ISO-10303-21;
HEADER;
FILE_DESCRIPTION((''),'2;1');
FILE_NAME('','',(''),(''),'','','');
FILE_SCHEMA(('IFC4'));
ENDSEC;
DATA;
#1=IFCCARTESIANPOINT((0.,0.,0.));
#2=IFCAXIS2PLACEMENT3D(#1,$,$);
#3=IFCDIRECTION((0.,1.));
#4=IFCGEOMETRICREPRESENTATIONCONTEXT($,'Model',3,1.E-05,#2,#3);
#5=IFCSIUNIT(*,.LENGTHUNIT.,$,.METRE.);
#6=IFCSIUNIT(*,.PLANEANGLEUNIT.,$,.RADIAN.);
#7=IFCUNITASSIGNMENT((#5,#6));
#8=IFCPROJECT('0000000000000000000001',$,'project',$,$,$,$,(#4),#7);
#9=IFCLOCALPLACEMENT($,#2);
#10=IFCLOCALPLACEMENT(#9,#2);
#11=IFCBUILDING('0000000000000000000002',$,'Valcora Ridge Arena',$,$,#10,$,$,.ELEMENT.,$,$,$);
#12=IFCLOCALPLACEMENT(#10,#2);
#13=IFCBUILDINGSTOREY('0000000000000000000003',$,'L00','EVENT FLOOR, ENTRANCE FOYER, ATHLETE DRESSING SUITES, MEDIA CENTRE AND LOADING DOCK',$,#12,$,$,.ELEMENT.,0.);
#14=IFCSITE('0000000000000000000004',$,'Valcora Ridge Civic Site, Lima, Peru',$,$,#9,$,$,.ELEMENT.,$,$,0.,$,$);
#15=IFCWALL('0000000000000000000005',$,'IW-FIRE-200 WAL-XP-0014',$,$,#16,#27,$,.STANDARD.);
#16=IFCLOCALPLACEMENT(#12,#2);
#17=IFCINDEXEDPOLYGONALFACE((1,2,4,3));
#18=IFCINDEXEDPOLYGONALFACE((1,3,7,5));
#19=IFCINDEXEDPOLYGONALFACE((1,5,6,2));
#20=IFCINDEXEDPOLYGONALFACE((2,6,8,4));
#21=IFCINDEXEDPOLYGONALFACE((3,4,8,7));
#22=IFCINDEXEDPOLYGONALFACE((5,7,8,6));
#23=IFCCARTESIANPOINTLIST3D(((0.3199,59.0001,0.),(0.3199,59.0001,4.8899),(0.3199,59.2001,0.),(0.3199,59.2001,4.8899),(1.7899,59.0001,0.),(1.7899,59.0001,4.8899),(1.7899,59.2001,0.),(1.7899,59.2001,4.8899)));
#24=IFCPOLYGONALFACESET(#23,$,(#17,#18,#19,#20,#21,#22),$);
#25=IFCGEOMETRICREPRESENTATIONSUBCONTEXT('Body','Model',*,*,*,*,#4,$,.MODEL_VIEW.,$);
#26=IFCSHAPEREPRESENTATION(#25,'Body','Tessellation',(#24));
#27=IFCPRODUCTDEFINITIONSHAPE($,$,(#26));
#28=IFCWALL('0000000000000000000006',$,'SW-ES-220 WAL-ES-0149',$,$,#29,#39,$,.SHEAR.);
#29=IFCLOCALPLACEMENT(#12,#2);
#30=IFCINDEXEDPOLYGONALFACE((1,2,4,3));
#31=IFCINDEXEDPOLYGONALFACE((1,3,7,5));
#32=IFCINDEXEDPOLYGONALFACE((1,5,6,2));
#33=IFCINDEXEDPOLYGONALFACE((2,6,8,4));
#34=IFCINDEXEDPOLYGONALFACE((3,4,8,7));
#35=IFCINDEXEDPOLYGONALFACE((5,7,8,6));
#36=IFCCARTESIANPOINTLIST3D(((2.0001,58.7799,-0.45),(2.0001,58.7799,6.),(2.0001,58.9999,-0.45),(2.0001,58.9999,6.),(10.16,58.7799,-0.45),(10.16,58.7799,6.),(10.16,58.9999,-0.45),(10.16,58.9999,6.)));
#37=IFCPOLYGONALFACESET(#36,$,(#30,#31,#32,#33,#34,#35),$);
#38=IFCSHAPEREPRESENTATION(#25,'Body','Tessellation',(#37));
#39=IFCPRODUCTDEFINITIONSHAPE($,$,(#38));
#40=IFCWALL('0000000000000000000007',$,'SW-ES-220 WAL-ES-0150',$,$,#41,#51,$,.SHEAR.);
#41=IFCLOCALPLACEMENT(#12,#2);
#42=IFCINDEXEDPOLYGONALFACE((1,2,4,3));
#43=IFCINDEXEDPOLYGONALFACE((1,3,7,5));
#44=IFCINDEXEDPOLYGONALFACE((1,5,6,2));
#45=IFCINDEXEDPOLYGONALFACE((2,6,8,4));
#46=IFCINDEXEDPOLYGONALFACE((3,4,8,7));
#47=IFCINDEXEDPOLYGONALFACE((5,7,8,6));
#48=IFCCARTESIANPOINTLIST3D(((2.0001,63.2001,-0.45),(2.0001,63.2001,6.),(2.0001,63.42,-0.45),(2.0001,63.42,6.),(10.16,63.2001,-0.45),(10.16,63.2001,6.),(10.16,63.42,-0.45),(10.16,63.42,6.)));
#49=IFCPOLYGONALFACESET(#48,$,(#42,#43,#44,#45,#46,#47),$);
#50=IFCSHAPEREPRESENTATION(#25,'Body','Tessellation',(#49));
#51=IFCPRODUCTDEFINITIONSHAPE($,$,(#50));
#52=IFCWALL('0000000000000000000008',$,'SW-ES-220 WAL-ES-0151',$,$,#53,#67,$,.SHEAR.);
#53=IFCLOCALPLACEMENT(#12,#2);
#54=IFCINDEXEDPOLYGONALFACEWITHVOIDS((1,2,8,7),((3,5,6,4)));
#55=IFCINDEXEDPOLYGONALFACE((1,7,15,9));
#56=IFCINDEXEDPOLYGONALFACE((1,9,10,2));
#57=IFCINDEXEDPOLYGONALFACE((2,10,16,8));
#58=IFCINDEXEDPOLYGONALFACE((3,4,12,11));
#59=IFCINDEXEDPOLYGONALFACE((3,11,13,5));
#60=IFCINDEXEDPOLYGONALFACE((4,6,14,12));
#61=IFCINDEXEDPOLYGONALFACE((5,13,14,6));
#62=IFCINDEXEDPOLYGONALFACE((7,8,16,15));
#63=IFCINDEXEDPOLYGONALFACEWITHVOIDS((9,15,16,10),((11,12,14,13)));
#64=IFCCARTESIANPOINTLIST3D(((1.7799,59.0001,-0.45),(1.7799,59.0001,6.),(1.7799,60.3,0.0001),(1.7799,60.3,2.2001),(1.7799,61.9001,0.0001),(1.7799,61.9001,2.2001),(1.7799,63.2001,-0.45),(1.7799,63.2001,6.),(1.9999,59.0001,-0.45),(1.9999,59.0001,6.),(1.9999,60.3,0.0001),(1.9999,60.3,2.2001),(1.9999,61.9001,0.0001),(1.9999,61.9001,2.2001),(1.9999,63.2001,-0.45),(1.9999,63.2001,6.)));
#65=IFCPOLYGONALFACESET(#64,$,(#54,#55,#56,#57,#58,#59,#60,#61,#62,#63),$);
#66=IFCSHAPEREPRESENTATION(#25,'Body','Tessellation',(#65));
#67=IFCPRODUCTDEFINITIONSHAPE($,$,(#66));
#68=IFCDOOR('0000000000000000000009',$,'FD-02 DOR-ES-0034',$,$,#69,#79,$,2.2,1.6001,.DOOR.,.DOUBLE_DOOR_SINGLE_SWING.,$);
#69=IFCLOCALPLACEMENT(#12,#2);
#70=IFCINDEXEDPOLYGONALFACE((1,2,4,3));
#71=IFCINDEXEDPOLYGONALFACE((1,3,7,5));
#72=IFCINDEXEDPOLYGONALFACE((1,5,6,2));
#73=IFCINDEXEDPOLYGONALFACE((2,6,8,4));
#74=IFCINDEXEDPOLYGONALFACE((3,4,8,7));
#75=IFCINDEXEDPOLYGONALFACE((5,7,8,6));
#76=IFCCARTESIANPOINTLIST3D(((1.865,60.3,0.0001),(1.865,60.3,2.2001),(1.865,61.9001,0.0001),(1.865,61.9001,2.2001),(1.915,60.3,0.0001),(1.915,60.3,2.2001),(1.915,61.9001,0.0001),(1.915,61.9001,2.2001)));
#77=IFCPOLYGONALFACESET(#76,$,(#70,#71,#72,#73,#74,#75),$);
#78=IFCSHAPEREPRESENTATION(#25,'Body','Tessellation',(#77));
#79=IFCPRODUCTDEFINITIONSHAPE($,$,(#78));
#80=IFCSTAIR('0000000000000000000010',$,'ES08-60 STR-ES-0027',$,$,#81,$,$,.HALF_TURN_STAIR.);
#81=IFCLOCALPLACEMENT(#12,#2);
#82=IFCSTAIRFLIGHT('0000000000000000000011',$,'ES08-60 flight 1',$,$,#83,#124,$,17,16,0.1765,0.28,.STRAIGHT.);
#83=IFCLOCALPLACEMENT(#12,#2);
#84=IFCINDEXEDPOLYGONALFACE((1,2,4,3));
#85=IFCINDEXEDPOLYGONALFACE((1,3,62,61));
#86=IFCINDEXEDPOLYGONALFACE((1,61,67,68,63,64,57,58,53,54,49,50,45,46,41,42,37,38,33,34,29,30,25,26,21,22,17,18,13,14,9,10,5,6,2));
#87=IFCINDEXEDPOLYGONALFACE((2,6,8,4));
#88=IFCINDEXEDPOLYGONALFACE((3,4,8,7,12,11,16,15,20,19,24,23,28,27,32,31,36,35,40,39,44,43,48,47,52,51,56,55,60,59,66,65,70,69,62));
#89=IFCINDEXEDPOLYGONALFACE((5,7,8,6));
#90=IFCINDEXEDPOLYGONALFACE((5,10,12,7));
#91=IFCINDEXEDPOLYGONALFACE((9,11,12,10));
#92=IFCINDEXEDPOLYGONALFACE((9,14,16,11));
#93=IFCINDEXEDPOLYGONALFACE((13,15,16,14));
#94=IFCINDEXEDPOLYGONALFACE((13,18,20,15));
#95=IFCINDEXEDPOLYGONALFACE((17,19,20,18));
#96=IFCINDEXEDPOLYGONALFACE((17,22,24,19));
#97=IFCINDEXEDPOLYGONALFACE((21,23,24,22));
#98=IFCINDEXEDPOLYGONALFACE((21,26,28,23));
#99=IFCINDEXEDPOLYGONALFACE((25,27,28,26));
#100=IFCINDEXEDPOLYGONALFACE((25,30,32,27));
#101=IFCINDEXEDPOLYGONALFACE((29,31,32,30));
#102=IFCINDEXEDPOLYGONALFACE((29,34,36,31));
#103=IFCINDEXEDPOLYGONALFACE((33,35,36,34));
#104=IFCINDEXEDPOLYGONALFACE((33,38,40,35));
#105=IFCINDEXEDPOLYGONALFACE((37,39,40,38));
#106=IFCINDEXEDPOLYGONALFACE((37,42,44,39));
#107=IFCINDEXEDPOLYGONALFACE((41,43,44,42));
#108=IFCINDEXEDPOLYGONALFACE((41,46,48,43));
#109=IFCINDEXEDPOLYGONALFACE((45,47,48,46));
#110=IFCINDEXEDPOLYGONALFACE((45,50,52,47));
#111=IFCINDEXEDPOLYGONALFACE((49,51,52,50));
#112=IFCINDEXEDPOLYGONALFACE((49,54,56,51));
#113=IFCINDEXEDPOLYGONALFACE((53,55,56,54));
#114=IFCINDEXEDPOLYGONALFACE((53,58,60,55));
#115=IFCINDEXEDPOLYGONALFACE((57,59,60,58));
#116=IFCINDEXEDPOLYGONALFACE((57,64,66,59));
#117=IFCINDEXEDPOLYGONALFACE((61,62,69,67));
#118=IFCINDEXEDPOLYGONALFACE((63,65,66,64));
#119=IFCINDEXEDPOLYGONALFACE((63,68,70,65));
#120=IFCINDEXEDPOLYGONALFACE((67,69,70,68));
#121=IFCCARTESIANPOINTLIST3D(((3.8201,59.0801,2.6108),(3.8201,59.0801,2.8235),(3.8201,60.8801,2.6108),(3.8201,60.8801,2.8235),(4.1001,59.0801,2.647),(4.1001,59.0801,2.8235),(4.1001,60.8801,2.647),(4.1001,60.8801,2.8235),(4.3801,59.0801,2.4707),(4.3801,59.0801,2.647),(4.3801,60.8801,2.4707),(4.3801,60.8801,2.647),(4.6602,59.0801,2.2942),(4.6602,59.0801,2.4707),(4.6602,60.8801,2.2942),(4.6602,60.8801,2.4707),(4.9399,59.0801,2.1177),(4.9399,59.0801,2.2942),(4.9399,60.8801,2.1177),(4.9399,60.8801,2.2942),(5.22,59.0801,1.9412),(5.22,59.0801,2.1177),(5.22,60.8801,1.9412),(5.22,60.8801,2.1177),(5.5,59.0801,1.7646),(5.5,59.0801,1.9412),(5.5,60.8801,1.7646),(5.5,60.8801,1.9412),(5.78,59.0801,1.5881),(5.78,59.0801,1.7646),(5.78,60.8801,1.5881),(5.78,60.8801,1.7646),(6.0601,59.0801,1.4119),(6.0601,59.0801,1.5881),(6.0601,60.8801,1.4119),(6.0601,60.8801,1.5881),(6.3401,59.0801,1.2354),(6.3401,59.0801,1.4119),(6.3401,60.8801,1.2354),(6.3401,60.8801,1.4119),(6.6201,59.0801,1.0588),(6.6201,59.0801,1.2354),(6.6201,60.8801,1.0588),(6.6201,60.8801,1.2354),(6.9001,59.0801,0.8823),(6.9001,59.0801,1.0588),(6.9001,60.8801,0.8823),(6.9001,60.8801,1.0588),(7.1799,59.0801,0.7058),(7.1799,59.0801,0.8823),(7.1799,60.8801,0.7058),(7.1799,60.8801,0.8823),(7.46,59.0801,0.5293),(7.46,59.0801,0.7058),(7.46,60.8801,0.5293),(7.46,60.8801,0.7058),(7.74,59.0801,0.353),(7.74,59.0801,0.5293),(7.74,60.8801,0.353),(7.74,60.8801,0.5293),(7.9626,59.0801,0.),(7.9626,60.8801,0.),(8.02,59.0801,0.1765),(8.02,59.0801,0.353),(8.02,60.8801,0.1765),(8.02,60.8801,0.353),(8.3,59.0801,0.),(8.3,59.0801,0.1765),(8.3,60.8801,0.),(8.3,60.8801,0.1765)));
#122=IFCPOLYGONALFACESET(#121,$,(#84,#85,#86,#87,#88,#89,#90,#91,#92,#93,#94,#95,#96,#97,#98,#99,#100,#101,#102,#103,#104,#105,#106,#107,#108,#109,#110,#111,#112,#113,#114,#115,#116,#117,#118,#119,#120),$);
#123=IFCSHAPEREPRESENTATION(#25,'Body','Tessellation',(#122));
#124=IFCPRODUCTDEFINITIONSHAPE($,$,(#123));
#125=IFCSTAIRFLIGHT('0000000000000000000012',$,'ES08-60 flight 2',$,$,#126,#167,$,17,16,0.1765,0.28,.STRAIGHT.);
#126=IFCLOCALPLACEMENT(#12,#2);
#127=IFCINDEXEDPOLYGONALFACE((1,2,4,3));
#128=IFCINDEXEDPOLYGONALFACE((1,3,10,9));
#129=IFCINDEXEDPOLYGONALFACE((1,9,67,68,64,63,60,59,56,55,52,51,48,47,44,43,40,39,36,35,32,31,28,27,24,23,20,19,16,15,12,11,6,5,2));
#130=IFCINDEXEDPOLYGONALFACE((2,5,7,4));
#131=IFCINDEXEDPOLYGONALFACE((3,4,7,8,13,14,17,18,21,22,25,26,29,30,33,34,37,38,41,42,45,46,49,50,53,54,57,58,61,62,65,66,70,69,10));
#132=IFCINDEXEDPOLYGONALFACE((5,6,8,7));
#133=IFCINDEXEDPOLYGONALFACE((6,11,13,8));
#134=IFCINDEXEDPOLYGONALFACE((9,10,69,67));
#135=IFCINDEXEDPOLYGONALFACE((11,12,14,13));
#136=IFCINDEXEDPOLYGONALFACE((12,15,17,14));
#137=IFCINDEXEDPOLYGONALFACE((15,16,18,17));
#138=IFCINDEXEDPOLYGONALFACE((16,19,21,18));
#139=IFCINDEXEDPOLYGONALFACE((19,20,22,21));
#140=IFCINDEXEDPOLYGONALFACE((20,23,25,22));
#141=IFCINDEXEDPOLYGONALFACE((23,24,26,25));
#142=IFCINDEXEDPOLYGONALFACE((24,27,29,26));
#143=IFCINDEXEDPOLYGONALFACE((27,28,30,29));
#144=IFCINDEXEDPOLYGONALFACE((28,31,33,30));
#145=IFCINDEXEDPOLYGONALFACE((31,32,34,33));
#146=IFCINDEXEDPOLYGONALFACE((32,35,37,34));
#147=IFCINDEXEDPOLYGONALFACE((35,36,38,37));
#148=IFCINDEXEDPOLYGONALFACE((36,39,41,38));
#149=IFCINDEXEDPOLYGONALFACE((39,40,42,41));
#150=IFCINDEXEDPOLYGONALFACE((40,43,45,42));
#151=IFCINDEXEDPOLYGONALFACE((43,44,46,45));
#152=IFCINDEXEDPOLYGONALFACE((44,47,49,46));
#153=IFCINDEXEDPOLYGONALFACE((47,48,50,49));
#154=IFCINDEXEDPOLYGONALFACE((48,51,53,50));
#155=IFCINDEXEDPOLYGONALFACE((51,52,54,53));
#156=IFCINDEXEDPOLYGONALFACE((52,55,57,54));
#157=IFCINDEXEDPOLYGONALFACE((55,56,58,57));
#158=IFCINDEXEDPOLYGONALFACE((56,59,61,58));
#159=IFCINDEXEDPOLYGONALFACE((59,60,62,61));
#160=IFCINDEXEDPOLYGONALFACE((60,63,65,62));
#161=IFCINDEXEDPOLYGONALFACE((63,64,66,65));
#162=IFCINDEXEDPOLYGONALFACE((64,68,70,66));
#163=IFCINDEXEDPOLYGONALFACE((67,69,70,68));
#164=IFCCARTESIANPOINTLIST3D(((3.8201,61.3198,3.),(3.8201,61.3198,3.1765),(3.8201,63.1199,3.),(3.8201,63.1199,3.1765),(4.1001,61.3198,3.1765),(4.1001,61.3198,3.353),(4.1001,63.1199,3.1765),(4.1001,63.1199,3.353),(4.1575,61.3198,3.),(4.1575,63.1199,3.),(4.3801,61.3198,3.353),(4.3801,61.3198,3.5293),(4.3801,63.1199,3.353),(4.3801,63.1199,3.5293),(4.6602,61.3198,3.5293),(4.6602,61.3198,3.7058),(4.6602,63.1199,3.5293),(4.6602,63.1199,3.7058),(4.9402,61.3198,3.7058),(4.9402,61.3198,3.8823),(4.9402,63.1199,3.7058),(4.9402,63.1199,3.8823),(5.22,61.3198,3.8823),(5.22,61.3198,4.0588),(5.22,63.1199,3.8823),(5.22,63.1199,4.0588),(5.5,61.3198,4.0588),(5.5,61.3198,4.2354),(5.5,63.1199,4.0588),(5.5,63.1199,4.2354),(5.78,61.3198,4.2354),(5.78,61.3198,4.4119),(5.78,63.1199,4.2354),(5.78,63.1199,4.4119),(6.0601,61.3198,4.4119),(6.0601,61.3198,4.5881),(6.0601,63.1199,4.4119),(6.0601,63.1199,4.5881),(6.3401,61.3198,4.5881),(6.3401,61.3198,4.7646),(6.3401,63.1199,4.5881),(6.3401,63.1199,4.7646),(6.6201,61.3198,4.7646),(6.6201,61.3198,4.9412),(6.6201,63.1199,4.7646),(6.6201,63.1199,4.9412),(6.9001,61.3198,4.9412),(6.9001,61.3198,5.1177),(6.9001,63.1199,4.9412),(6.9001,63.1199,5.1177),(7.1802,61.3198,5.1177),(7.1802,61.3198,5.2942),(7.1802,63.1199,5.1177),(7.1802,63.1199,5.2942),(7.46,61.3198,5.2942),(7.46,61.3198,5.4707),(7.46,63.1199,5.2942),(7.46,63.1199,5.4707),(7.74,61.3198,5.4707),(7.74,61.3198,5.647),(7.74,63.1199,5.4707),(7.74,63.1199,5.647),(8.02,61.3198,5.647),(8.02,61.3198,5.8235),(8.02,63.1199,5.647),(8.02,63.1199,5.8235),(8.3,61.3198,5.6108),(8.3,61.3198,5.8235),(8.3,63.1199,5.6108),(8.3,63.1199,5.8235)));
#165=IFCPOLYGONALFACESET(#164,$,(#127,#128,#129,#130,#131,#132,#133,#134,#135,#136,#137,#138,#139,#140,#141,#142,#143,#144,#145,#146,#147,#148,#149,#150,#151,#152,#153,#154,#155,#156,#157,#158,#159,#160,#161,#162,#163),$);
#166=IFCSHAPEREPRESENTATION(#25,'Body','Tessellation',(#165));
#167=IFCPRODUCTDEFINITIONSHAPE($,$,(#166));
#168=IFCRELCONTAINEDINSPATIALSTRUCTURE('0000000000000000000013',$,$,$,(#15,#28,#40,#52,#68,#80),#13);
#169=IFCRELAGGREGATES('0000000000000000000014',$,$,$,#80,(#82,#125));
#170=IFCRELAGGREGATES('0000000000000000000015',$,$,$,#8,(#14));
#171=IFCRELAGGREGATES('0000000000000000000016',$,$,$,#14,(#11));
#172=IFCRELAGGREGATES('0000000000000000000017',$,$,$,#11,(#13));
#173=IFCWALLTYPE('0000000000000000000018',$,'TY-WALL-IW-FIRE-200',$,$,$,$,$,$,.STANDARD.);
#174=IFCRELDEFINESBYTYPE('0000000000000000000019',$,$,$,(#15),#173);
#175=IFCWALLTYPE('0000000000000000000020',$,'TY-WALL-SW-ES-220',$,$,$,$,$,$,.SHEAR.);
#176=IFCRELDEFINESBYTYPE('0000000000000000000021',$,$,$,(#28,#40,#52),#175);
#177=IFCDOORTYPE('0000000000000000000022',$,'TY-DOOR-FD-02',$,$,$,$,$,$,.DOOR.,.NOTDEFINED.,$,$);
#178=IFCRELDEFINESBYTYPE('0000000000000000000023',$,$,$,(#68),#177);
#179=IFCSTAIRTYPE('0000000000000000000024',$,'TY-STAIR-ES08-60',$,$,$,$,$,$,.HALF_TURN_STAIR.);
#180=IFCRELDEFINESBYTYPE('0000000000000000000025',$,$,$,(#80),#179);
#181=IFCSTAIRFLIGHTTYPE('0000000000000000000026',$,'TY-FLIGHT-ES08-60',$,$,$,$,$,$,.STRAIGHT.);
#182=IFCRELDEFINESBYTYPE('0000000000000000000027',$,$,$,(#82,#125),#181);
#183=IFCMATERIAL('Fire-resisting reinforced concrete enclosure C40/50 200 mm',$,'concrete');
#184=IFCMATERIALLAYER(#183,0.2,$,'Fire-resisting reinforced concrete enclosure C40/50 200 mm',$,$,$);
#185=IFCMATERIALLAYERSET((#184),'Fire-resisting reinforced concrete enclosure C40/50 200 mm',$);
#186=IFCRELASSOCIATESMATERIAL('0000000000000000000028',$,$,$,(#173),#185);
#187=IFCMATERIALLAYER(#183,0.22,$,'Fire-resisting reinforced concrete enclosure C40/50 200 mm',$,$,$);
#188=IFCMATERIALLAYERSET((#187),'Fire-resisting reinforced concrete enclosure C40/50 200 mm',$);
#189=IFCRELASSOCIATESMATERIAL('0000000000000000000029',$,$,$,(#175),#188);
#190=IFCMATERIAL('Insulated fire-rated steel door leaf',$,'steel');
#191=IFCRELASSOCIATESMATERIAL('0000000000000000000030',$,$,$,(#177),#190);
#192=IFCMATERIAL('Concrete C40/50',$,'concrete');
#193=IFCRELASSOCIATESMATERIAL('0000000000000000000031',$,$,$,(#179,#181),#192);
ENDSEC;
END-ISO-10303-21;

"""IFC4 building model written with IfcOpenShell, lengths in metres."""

from ifc_helpers import new_model, si_unit, direction, frame, frame_2d, origin, place, context, subcontext, project, spatial, polyline, rectangle, outline, extrude, material, layer, layer_set, type_object, element, fill, aggregate, save


model = new_model("IFC4")

# Units and contexts
model_context = context("Model", 3, precision=1e-05, world=origin(), true_north=direction((0.0, 1.0)))
body_context = subcontext(model_context, "Body", "Model", "MODEL_VIEW")
ifc_project = project(units=[si_unit("LENGTHUNIT", "METRE"), si_unit("PLANEANGLEUNIT", "RADIAN")], contexts=[model_context])

# Site, building, storey
site_placement = place(None, origin())
site = spatial("IfcSite", under=ifc_project, at=site_placement, Name="Valcora Ridge Civic Site, Lima, Peru", CompositionType="ELEMENT", RefElevation=0.0)
building_placement = place(site_placement, origin())
building = spatial("IfcBuilding", under=site, at=building_placement, Name="Valcora Ridge Arena", CompositionType="ELEMENT")
storey_placement = place(building_placement, origin())
storey = spatial("IfcBuildingStorey", under=building, at=storey_placement, Name="L00", Description="EVENT FLOOR, ENTRANCE FOYER, ATHLETE DRESSING SUITES, MEDIA CENTRE AND LOADING DOCK", CompositionType="ELEMENT", Elevation=0.0)

# Shared definitions
ifc_material_1 = material(Name="Fire-resisting reinforced concrete enclosure C40/50 200 mm", Category="concrete")
ifc_material_2 = material(Name="Concrete C40/50", Category="concrete")

# Wall
ifc_layer_1 = layer(ifc_material_1, 0.2, Name="Fire-resisting reinforced concrete enclosure C40/50 200 mm")
ifc_layer_set_1 = layer_set([ifc_layer_1], Name="Fire-resisting reinforced concrete enclosure C40/50 200 mm")
wall_type_1 = type_object("IfcWallType", Name="TY-WALL-IW-FIRE-200", PredefinedType="STANDARD", material=ifc_layer_set_1)
wall_1_placement = place(storey_placement, frame((0.3201, 59.1001, 0.0), z_axis=(0.0, 0.0, 1.0), x_axis=(1.0, 0.0, 0.0)))
element("IfcWall", 1, at=wall_1_placement, inside=storey, type_object=wall_type_1, Name="IW-FIRE-200 WAL-XP-0014", PredefinedType="STANDARD", context=body_context, shape_type="SweptSolid", body=[
    extrude(rectangle(XDim=1.47, YDim=0.2, at=frame_2d((0.7349, 0.0))), origin(), (0.0, 0.0, 1.0), 4.8899),
])

# Shared definitions
ifc_material_3 = material(Name="Insulated fire-rated steel door leaf", Category="steel")

# Walls
ifc_layer_2 = layer(ifc_material_1, 0.22, Name="Fire-resisting reinforced concrete enclosure C40/50 200 mm")
ifc_layer_set_2 = layer_set([ifc_layer_2], Name="Fire-resisting reinforced concrete enclosure C40/50 200 mm")
wall_type_2 = type_object("IfcWallType", Name="TY-WALL-SW-ES-220", PredefinedType="SHEAR", material=ifc_layer_set_2)
for number, where, z_axis, x_axis, name in (
    (2, (2.0, 58.8899, -0.45), (0.0, 0.0, 1.0), (1.0, 0.0, 0.0), "SW-ES-220 WAL-ES-0149"),
    (3, (2.0, 63.3101, -0.45), (0.0, 0.0, 1.0), (1.0, 0.0, 0.0), "SW-ES-220 WAL-ES-0150"),
):
    element("IfcWall", number, at=place(storey_placement, frame(where, z_axis=z_axis, x_axis=x_axis)), inside=storey, type_object=wall_type_2, Name=name, PredefinedType="SHEAR", context=body_context, shape_type="SweptSolid", body=[
        extrude(rectangle(XDim=8.1599, YDim=0.22, at=frame_2d((4.0801, 0.0))), origin(), (0.0, 0.0, 1.0), 6.45),
    ])

# Wall, opening, door
wall_2_placement = place(storey_placement, frame((1.8899, 59.0, -0.45), z_axis=(0.0, 0.0, 1.0), x_axis=(0.0, 1.0, 0.0)))
wall_2 = element("IfcWall", 4, at=wall_2_placement, inside=storey, type_object=wall_type_2, Name="SW-ES-220 WAL-ES-0151", PredefinedType="SHEAR", context=body_context, shape_type="SweptSolid", body=[
    extrude(rectangle(XDim=4.2, YDim=0.22, at=frame_2d((2.1001, 0.0))), origin(), (0.0, 0.0, 1.0), 6.45),
])
opening_1_placement = place(wall_2_placement, frame((1.3, 0.0, 0.45)))
opening_1 = element("IfcOpeningElement", 5, at=opening_1_placement, cuts=wall_2, PredefinedType="OPENING", context=body_context, shape_type="SweptSolid", body=[
    extrude(rectangle(XDim=1.6001, YDim=2.2, at=frame_2d((0.8, 1.1001))), frame((0.0, 0.1199, 0.0), z_axis=(0.0, -1.0, 0.0), x_axis=(1.0, 0.0, 0.0)), (0.0, 0.0, 1.0), 0.24),
])
door_type_1 = type_object("IfcDoorType", Name="TY-DOOR-FD-02", OperationType="NOTDEFINED", PredefinedType="DOOR", material=ifc_material_3)
door_1_placement = place(opening_1_placement, origin())
door_1 = element("IfcDoor", 6, at=door_1_placement, inside=storey, type_object=door_type_1, Name="FD-02 DOR-ES-0034", OperationType="DOUBLE_DOOR_SINGLE_SWING", OverallHeight=2.2, OverallWidth=1.6001, PredefinedType="DOOR", context=body_context, shape_type="SweptSolid", body=[
    extrude(rectangle(XDim=1.6001, YDim=2.2, at=frame_2d((0.8, 1.1001))), frame((0.0, 0.0249, 0.0), z_axis=(0.0, -1.0, 0.0), x_axis=(1.0, 0.0, 0.0)), (0.0, 0.0, 1.0), 0.05),
])
fill(opening_1, door_1)

# Stair, stair flights
stair_type = type_object("IfcStairType", Name="TY-STAIR-ES08-60", PredefinedType="HALF_TURN_STAIR", material=ifc_material_2)
stair_placement = place(storey_placement, origin())
stair = element("IfcStair", 7, at=stair_placement, inside=storey, type_object=stair_type, Name="ES08-60 STR-ES-0027", PredefinedType="HALF_TURN_STAIR")
stair_flight_type = type_object("IfcStairFlightType", Name="TY-FLIGHT-ES08-60", PredefinedType="STRAIGHT", material=ifc_material_2)
stair_flight_1_placement = place(storey_placement, frame((8.3, 59.98, 0.0), z_axis=(0.0, 0.0, 1.0), x_axis=(-1.0, 0.0, 0.0)))
stair_flight_1 = element("IfcStairFlight", 8, at=stair_flight_1_placement, type_object=stair_flight_type, Name="ES08-60 flight 1", NumberOfRisers=17, NumberOfTreads=16, PredefinedType="STRAIGHT", RiserHeight=0.1765, TreadLength=0.28, context=body_context, shape_type="SweptSolid", body=[
    extrude(outline(polyline([(0.0, 0.0), (0.0, 0.1765), (0.28, 0.1765), (0.28, 0.353), (0.5601, 0.353), (0.5601, 0.5293), (0.8401, 0.5293), (0.8401, 0.7058), (1.1201, 0.7058), (1.1201, 0.8823), (1.3999, 0.8823), (1.3999, 1.0588), (1.6799, 1.0588), (1.6799, 1.2354), (1.96, 1.2354), (1.96, 1.4119), (2.24, 1.4119), (2.24, 1.5881), (2.52, 1.5881), (2.52, 1.7646), (2.8, 1.7646), (2.8, 1.9412), (3.0801, 1.9412), (3.0801, 2.1177), (3.3601, 2.1177), (3.3601, 2.2942), (3.6399, 2.2942), (3.6399, 2.4707), (3.9199, 2.4707), (3.9199, 2.647), (4.2, 2.647), (4.2, 2.8235), (4.48, 2.8235), (4.48, 3.0), (4.48, 2.6108), (0.3374, 0.0), (0.0, 0.0)])), frame((0.0, 0.8999, 0.0), z_axis=(0.0, -1.0, 0.0), x_axis=(1.0, 0.0, 0.0)), (0.0, 0.0, 1.0), 1.8),
])
stair_flight_2_placement = place(storey_placement, frame((3.8201, 62.22, 3.0), z_axis=(0.0, 0.0, 1.0), x_axis=(1.0, 0.0, 0.0)))
stair_flight_2 = element("IfcStairFlight", 9, at=stair_flight_2_placement, type_object=stair_flight_type, Name="ES08-60 flight 2", NumberOfRisers=17, NumberOfTreads=16, PredefinedType="STRAIGHT", RiserHeight=0.1765, TreadLength=0.28, context=body_context, shape_type="SweptSolid", body=[
    extrude(outline(polyline([(0.0, 0.0), (0.0, 0.1765), (0.28, 0.1765), (0.28, 0.353), (0.5601, 0.353), (0.5601, 0.5293), (0.8401, 0.5293), (0.8401, 0.7058), (1.1201, 0.7058), (1.1201, 0.8823), (1.3999, 0.8823), (1.3999, 1.0588), (1.6799, 1.0588), (1.6799, 1.2354), (1.96, 1.2354), (1.96, 1.4119), (2.24, 1.4119), (2.24, 1.5881), (2.52, 1.5881), (2.52, 1.7646), (2.8, 1.7646), (2.8, 1.9412), (3.0801, 1.9412), (3.0801, 2.1177), (3.3601, 2.1177), (3.3601, 2.2942), (3.6399, 2.2942), (3.6399, 2.4707), (3.9199, 2.4707), (3.9199, 2.647), (4.2, 2.647), (4.2, 2.8235), (4.48, 2.8235), (4.48, 3.0), (4.48, 2.6108), (0.3374, 0.0), (0.0, 0.0)])), frame((0.0, 0.8999, 0.0), z_axis=(0.0, -1.0, 0.0), x_axis=(1.0, 0.0, 0.0)), (0.0, 0.0, 1.0), 1.8),
])
aggregate(stair, [stair_flight_1, stair_flight_2])

save(model, "model.ifc")
